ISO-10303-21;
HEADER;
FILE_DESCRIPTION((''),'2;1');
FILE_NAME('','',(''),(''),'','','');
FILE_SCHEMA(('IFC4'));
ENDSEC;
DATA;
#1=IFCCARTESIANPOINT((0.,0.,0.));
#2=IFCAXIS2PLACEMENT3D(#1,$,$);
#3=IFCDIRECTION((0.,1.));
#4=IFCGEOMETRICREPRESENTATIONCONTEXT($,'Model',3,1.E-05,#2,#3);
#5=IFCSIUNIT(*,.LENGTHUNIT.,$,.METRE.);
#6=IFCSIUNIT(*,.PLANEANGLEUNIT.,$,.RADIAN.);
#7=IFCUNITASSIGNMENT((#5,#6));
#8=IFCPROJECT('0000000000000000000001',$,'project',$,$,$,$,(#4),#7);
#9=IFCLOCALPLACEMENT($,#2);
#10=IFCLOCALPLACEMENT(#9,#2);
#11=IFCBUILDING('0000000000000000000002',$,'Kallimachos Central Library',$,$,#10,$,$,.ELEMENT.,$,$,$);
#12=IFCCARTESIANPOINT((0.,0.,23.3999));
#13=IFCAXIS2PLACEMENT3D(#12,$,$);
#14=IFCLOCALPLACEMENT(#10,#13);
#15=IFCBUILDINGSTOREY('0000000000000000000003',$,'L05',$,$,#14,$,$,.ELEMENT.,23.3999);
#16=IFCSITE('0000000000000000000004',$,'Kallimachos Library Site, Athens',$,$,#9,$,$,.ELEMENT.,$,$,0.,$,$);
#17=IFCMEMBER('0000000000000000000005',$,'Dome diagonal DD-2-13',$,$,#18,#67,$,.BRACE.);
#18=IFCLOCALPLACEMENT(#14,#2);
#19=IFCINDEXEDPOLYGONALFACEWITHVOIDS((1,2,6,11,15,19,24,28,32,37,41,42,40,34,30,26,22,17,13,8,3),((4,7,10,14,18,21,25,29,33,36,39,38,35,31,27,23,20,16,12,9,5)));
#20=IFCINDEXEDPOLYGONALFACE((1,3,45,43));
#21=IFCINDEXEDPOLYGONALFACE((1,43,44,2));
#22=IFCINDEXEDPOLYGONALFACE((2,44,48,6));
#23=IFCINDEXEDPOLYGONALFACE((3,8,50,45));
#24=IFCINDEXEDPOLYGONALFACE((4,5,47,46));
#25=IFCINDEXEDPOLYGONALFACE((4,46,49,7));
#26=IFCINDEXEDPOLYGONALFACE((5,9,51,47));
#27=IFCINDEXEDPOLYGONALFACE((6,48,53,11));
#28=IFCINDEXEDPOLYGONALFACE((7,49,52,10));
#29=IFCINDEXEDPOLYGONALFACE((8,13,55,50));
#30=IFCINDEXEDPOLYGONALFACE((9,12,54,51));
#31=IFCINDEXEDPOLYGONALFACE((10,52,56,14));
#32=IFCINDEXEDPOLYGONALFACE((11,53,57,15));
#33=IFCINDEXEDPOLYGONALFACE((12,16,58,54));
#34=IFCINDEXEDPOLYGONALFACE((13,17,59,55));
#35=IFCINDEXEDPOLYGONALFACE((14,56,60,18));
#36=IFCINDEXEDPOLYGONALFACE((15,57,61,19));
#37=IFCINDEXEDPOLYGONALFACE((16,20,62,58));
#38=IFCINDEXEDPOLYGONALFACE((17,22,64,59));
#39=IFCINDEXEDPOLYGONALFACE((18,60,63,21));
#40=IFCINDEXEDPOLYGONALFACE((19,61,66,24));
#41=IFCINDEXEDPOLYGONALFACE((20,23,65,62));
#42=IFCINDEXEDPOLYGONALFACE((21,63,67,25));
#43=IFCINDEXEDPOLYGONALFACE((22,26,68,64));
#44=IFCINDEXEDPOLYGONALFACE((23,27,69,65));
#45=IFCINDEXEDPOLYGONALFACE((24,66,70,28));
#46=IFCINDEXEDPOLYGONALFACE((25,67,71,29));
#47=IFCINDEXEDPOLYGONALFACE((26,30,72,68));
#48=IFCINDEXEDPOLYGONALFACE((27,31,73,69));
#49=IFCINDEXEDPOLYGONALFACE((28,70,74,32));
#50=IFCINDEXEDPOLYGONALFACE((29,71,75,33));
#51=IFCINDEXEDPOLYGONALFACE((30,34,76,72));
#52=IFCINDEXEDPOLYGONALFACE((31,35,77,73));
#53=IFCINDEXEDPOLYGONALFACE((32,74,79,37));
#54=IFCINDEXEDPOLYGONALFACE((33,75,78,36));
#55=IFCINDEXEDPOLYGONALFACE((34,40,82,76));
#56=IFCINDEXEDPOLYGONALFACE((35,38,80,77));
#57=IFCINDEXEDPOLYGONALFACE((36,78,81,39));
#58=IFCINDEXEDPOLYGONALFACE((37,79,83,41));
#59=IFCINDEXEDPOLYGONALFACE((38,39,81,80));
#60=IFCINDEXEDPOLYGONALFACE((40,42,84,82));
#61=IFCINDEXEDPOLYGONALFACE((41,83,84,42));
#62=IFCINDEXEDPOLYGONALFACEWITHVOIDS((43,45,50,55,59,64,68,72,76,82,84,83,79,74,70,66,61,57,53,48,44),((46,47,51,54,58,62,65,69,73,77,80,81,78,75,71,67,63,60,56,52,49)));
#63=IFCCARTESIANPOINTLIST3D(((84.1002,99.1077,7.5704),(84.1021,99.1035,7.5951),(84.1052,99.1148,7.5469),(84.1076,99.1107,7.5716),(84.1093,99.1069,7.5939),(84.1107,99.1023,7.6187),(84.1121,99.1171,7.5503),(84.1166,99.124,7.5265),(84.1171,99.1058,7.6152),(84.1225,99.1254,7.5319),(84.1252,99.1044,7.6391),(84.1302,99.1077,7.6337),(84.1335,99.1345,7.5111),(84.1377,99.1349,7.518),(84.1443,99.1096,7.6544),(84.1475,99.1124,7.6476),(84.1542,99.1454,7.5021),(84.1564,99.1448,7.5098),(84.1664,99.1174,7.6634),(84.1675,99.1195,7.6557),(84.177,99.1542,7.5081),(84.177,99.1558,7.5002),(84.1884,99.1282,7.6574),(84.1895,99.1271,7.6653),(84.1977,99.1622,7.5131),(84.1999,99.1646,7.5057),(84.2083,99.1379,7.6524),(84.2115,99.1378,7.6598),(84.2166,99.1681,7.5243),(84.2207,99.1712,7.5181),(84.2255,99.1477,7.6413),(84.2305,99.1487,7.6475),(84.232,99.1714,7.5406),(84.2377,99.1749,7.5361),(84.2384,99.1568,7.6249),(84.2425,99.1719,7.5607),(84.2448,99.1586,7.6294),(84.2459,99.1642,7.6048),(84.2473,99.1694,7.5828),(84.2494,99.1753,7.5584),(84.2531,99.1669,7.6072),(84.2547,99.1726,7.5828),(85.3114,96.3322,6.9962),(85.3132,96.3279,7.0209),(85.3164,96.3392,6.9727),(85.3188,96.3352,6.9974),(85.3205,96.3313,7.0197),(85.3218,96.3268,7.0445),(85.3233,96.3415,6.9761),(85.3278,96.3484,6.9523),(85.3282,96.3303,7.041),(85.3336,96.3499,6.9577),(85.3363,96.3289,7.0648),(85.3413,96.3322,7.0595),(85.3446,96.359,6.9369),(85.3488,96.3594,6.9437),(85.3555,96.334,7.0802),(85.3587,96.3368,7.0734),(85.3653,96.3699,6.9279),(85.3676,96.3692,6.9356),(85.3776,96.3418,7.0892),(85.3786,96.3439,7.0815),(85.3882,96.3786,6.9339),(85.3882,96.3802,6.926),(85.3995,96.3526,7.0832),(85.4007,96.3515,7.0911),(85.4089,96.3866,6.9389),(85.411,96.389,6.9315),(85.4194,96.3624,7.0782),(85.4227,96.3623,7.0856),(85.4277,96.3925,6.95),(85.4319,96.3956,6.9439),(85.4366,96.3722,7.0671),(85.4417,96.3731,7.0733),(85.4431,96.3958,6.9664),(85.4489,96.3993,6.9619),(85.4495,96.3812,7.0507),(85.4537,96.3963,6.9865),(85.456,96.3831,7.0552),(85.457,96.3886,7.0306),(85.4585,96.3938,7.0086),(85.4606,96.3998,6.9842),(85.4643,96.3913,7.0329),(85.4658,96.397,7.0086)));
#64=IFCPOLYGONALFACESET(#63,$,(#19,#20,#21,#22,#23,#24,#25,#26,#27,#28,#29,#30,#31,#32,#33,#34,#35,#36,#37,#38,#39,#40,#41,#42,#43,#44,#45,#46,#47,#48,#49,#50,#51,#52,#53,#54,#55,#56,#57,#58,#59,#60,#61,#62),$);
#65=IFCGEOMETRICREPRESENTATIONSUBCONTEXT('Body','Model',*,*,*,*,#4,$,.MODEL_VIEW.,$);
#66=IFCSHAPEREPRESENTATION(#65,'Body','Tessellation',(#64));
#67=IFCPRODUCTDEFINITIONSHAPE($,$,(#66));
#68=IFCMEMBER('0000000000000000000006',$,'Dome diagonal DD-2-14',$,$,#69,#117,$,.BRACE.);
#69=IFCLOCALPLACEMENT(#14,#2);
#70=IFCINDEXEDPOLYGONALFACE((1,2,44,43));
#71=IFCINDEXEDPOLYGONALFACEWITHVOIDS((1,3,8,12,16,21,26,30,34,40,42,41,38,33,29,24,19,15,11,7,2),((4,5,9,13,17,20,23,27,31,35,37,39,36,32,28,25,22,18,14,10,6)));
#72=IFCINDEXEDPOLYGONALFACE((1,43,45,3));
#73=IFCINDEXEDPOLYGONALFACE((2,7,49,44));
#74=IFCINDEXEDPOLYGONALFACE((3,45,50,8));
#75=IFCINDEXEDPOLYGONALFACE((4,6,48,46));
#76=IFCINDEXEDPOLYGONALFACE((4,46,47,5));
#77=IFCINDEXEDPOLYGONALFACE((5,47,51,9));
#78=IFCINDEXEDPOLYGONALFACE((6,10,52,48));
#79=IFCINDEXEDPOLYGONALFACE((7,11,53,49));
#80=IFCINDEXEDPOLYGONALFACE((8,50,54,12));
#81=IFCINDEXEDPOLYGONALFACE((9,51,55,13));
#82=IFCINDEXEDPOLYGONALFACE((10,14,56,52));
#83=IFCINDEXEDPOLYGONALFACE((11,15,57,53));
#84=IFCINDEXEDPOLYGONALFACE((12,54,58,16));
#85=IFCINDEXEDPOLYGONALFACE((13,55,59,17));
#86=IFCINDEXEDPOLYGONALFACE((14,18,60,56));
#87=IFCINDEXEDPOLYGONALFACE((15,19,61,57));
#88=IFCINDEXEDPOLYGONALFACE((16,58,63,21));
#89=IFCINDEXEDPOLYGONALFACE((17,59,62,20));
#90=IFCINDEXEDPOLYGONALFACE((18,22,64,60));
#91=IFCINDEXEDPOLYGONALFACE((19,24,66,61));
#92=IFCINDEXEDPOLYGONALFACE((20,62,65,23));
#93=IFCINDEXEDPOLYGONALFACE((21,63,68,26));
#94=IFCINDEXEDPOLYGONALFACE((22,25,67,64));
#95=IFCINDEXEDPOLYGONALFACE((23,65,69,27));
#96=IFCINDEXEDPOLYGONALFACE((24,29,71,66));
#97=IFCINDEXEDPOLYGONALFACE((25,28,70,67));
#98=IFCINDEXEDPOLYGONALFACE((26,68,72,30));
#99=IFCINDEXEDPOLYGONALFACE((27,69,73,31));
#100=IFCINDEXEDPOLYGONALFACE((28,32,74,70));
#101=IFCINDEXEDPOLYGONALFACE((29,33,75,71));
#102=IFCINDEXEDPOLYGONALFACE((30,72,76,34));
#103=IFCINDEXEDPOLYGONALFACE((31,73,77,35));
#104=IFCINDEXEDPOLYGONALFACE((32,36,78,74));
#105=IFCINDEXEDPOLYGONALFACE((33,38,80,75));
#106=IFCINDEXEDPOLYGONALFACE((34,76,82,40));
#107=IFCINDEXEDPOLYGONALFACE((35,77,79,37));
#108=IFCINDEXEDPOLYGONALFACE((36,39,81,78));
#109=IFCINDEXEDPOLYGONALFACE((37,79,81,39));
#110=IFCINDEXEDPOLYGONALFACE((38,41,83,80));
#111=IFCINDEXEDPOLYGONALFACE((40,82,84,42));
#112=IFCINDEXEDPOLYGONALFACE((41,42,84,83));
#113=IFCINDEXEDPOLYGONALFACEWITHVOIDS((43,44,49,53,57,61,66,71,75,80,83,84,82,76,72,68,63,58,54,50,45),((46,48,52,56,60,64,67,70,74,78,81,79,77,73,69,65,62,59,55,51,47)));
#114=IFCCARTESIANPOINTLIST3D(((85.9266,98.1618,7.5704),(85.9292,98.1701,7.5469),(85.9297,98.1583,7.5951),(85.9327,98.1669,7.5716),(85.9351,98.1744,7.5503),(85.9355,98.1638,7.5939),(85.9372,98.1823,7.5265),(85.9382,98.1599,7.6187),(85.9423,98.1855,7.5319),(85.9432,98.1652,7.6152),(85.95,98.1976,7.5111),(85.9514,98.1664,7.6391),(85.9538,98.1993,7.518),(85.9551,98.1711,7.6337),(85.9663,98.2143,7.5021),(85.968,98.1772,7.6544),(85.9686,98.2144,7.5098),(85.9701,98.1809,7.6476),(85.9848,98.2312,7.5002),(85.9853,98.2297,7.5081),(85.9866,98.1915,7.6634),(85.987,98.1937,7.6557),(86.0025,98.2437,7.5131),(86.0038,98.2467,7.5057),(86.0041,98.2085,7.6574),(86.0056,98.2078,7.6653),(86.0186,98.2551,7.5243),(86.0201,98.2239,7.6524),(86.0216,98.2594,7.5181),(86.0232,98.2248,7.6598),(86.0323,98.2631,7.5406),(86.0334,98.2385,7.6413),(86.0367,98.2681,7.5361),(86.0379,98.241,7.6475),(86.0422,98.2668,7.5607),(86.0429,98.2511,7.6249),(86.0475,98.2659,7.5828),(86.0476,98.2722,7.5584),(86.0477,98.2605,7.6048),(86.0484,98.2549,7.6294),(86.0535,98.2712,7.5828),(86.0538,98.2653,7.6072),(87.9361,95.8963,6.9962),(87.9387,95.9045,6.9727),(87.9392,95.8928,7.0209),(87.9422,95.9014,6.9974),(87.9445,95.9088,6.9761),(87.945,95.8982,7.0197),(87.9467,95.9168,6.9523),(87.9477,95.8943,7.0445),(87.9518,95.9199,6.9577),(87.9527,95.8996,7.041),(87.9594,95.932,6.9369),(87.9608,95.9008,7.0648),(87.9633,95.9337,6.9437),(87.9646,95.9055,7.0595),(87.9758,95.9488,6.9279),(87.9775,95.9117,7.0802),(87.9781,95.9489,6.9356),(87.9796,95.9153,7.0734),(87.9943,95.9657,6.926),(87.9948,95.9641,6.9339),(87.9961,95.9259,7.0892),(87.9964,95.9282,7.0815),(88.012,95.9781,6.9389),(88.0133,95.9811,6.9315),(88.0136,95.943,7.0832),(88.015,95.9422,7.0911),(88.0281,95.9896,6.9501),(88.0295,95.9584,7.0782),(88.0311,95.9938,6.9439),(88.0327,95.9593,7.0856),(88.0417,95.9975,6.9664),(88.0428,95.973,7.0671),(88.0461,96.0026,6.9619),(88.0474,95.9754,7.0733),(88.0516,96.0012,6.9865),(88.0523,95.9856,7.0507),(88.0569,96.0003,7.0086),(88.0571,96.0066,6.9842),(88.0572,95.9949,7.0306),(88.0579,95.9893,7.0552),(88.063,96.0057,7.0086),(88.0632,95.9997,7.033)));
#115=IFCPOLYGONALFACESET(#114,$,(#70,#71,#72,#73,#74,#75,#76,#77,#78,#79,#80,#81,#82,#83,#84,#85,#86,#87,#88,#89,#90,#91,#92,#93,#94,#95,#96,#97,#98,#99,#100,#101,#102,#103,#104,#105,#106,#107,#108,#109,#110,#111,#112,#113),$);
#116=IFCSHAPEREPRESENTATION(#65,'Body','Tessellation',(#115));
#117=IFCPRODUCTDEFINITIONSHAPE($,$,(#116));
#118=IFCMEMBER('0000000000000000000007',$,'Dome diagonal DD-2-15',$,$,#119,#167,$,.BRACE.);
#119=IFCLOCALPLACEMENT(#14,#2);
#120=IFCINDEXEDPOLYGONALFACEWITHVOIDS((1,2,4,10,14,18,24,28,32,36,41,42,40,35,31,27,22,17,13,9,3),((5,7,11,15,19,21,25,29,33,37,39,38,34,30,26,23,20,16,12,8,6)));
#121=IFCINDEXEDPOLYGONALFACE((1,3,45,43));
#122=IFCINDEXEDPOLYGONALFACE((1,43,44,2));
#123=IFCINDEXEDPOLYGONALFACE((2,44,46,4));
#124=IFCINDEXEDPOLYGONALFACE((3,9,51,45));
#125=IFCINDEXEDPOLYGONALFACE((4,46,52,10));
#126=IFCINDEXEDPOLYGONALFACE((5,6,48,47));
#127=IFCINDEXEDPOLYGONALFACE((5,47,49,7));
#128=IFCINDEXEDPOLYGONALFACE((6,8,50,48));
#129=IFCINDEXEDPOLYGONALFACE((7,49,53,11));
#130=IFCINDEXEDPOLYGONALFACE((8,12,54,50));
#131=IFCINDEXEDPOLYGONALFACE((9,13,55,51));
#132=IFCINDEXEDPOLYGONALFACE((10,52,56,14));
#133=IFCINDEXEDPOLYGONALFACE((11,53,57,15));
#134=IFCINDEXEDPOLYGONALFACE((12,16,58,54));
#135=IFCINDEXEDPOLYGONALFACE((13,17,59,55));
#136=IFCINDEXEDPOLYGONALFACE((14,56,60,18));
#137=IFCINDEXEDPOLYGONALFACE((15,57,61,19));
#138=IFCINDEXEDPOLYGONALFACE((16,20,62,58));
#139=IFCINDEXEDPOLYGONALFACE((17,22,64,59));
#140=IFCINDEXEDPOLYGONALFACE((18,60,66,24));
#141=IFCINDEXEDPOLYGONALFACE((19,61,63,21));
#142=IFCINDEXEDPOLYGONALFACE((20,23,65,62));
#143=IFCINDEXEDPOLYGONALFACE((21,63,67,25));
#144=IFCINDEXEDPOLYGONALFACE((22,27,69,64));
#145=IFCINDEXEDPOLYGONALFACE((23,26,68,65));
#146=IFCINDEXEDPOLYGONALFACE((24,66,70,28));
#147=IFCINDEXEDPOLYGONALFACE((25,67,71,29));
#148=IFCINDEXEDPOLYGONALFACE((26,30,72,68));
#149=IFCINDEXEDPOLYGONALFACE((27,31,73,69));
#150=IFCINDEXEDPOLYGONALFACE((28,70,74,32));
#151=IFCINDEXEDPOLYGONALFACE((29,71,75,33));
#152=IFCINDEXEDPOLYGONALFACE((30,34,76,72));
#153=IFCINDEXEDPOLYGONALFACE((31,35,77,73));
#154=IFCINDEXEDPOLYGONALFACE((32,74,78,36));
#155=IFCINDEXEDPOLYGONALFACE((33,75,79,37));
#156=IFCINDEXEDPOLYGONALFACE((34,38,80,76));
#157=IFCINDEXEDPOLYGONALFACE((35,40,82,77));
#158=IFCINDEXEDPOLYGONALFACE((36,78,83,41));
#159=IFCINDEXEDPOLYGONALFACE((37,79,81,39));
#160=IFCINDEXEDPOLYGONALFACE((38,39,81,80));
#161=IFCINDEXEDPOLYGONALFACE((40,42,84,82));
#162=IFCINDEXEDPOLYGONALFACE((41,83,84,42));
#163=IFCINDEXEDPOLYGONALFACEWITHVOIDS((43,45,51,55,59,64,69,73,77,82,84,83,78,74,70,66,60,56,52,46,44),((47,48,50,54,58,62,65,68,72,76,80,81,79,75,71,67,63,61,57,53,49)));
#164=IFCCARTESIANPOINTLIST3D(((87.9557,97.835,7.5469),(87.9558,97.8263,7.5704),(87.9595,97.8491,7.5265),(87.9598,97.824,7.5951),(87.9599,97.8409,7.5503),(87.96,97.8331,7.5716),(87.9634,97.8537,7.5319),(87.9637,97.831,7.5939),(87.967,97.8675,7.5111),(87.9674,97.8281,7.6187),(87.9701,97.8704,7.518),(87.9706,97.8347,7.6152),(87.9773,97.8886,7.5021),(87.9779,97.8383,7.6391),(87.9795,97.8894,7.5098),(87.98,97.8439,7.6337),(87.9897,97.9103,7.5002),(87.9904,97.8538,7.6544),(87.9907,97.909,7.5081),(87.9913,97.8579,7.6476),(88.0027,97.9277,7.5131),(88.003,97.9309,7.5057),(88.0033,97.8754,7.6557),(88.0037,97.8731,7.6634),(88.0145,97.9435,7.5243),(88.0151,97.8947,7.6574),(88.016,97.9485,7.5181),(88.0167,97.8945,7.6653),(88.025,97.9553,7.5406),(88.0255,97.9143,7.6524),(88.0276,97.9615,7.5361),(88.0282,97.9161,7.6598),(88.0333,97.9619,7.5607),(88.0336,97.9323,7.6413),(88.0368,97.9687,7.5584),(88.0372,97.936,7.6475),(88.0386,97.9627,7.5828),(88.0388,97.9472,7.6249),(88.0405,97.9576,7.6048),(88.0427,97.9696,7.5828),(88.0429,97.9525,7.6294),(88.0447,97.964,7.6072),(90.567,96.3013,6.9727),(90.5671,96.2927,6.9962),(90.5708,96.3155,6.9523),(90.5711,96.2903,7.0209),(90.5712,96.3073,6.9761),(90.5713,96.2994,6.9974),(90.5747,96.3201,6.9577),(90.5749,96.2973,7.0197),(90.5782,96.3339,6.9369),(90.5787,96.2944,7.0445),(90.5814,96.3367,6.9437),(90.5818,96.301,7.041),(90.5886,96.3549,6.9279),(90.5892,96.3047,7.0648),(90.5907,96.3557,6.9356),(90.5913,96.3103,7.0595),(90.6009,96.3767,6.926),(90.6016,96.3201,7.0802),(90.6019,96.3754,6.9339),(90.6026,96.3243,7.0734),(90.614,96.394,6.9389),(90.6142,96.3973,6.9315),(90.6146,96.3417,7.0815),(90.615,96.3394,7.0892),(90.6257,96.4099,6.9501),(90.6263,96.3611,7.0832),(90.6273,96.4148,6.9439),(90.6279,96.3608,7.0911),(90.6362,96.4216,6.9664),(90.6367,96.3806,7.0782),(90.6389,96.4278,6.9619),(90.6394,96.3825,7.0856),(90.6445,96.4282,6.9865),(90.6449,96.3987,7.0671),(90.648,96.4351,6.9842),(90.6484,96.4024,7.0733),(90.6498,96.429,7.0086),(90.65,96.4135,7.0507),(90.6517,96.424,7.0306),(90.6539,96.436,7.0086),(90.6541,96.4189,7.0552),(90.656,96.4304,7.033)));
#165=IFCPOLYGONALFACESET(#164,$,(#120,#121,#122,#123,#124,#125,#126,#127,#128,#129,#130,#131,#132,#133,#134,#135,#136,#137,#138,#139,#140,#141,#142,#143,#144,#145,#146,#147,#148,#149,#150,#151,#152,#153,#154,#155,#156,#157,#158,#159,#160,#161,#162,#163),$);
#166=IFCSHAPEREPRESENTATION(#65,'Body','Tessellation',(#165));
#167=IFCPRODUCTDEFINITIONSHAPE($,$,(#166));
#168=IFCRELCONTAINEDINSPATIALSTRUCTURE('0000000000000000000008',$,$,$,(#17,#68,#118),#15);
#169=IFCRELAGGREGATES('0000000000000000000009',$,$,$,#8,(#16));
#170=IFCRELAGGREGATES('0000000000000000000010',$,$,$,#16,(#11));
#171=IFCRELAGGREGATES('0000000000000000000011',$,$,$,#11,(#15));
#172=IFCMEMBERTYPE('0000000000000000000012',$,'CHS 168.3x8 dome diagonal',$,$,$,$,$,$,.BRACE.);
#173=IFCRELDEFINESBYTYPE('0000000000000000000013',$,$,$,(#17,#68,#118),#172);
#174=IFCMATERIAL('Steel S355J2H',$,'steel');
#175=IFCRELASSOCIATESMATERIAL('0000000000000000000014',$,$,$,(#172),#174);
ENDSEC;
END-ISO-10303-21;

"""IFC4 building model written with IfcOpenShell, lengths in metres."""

from ifc_helpers import new_model, si_unit, direction, frame, origin, origin_2d, place, context, subcontext, project, spatial, hollow_circle, extrude, material, material_profile, profile_set, type_object, element, save


model = new_model("IFC4")

# Units and contexts
model_context = context("Model", 3, precision=1e-05, world=origin(), true_north=direction((0.0, 1.0)))
body_context = subcontext(model_context, "Body", "Model", "MODEL_VIEW")
ifc_project = project(units=[si_unit("LENGTHUNIT", "METRE"), si_unit("PLANEANGLEUNIT", "RADIAN")], contexts=[model_context])

# Site, building, storey
site_placement = place(None, origin())
site = spatial("IfcSite", under=ifc_project, at=site_placement, Name="Kallimachos Library Site, Athens", CompositionType="ELEMENT", RefElevation=0.0)
building_placement = place(site_placement, origin())
building = spatial("IfcBuilding", under=site, at=building_placement, Name="Kallimachos Central Library", CompositionType="ELEMENT")
storey_placement = place(building_placement, frame((0.0, 0.0, 23.3999)))
storey = spatial("IfcBuildingStorey", under=building, at=storey_placement, Name="L05", CompositionType="ELEMENT", Elevation=23.3999)

# Members
ifc_material_1 = material(Name="Steel S355J2H", Category="steel")
ifc_material_profile_1 = material_profile(ifc_material_1, hollow_circle(Radius=0.0842, WallThickness=0.0081, at=origin_2d()), Name="CHS 168.3x8")
ifc_profile_set_1 = profile_set([ifc_material_profile_1], Name="Steel S355J2H")
member_type_1 = type_object("IfcMemberType", Name="CHS 168.3x8 dome diagonal", PredefinedType="BRACE", material=ifc_profile_set_1)
for number, where, z_axis, x_axis, name in (
    (1, (84.1775, 99.1389, 7.5828), (0.392942, -0.900495, -0.186293), (0.91654, 0.399943, 0.0), "Dome diagonal DD-2-13"),
    (2, (85.9905, 98.2153, 7.5828), (0.651942, -0.735029, -0.186292), (0.748125, 0.663558, 0.0), "Dome diagonal DD-2-14"),
    (3, (88.0, 97.897, 7.5828), (0.847183, -0.49757, -0.186292), (0.506435, 0.862278, 0.0), "Dome diagonal DD-2-15"),
):
    element("IfcMember", number, at=place(storey_placement, frame(where, z_axis=z_axis, x_axis=x_axis)), inside=storey, type_object=member_type_1, Name=name, PredefinedType="BRACE", context=body_context, shape_type="SweptSolid", body=[
        extrude(hollow_circle(Radius=0.0842, WallThickness=0.0081, at=origin_2d()), origin(), (0.0, 0.0, 1.0), 3.0823),
    ])

save(model, "model.ifc")
